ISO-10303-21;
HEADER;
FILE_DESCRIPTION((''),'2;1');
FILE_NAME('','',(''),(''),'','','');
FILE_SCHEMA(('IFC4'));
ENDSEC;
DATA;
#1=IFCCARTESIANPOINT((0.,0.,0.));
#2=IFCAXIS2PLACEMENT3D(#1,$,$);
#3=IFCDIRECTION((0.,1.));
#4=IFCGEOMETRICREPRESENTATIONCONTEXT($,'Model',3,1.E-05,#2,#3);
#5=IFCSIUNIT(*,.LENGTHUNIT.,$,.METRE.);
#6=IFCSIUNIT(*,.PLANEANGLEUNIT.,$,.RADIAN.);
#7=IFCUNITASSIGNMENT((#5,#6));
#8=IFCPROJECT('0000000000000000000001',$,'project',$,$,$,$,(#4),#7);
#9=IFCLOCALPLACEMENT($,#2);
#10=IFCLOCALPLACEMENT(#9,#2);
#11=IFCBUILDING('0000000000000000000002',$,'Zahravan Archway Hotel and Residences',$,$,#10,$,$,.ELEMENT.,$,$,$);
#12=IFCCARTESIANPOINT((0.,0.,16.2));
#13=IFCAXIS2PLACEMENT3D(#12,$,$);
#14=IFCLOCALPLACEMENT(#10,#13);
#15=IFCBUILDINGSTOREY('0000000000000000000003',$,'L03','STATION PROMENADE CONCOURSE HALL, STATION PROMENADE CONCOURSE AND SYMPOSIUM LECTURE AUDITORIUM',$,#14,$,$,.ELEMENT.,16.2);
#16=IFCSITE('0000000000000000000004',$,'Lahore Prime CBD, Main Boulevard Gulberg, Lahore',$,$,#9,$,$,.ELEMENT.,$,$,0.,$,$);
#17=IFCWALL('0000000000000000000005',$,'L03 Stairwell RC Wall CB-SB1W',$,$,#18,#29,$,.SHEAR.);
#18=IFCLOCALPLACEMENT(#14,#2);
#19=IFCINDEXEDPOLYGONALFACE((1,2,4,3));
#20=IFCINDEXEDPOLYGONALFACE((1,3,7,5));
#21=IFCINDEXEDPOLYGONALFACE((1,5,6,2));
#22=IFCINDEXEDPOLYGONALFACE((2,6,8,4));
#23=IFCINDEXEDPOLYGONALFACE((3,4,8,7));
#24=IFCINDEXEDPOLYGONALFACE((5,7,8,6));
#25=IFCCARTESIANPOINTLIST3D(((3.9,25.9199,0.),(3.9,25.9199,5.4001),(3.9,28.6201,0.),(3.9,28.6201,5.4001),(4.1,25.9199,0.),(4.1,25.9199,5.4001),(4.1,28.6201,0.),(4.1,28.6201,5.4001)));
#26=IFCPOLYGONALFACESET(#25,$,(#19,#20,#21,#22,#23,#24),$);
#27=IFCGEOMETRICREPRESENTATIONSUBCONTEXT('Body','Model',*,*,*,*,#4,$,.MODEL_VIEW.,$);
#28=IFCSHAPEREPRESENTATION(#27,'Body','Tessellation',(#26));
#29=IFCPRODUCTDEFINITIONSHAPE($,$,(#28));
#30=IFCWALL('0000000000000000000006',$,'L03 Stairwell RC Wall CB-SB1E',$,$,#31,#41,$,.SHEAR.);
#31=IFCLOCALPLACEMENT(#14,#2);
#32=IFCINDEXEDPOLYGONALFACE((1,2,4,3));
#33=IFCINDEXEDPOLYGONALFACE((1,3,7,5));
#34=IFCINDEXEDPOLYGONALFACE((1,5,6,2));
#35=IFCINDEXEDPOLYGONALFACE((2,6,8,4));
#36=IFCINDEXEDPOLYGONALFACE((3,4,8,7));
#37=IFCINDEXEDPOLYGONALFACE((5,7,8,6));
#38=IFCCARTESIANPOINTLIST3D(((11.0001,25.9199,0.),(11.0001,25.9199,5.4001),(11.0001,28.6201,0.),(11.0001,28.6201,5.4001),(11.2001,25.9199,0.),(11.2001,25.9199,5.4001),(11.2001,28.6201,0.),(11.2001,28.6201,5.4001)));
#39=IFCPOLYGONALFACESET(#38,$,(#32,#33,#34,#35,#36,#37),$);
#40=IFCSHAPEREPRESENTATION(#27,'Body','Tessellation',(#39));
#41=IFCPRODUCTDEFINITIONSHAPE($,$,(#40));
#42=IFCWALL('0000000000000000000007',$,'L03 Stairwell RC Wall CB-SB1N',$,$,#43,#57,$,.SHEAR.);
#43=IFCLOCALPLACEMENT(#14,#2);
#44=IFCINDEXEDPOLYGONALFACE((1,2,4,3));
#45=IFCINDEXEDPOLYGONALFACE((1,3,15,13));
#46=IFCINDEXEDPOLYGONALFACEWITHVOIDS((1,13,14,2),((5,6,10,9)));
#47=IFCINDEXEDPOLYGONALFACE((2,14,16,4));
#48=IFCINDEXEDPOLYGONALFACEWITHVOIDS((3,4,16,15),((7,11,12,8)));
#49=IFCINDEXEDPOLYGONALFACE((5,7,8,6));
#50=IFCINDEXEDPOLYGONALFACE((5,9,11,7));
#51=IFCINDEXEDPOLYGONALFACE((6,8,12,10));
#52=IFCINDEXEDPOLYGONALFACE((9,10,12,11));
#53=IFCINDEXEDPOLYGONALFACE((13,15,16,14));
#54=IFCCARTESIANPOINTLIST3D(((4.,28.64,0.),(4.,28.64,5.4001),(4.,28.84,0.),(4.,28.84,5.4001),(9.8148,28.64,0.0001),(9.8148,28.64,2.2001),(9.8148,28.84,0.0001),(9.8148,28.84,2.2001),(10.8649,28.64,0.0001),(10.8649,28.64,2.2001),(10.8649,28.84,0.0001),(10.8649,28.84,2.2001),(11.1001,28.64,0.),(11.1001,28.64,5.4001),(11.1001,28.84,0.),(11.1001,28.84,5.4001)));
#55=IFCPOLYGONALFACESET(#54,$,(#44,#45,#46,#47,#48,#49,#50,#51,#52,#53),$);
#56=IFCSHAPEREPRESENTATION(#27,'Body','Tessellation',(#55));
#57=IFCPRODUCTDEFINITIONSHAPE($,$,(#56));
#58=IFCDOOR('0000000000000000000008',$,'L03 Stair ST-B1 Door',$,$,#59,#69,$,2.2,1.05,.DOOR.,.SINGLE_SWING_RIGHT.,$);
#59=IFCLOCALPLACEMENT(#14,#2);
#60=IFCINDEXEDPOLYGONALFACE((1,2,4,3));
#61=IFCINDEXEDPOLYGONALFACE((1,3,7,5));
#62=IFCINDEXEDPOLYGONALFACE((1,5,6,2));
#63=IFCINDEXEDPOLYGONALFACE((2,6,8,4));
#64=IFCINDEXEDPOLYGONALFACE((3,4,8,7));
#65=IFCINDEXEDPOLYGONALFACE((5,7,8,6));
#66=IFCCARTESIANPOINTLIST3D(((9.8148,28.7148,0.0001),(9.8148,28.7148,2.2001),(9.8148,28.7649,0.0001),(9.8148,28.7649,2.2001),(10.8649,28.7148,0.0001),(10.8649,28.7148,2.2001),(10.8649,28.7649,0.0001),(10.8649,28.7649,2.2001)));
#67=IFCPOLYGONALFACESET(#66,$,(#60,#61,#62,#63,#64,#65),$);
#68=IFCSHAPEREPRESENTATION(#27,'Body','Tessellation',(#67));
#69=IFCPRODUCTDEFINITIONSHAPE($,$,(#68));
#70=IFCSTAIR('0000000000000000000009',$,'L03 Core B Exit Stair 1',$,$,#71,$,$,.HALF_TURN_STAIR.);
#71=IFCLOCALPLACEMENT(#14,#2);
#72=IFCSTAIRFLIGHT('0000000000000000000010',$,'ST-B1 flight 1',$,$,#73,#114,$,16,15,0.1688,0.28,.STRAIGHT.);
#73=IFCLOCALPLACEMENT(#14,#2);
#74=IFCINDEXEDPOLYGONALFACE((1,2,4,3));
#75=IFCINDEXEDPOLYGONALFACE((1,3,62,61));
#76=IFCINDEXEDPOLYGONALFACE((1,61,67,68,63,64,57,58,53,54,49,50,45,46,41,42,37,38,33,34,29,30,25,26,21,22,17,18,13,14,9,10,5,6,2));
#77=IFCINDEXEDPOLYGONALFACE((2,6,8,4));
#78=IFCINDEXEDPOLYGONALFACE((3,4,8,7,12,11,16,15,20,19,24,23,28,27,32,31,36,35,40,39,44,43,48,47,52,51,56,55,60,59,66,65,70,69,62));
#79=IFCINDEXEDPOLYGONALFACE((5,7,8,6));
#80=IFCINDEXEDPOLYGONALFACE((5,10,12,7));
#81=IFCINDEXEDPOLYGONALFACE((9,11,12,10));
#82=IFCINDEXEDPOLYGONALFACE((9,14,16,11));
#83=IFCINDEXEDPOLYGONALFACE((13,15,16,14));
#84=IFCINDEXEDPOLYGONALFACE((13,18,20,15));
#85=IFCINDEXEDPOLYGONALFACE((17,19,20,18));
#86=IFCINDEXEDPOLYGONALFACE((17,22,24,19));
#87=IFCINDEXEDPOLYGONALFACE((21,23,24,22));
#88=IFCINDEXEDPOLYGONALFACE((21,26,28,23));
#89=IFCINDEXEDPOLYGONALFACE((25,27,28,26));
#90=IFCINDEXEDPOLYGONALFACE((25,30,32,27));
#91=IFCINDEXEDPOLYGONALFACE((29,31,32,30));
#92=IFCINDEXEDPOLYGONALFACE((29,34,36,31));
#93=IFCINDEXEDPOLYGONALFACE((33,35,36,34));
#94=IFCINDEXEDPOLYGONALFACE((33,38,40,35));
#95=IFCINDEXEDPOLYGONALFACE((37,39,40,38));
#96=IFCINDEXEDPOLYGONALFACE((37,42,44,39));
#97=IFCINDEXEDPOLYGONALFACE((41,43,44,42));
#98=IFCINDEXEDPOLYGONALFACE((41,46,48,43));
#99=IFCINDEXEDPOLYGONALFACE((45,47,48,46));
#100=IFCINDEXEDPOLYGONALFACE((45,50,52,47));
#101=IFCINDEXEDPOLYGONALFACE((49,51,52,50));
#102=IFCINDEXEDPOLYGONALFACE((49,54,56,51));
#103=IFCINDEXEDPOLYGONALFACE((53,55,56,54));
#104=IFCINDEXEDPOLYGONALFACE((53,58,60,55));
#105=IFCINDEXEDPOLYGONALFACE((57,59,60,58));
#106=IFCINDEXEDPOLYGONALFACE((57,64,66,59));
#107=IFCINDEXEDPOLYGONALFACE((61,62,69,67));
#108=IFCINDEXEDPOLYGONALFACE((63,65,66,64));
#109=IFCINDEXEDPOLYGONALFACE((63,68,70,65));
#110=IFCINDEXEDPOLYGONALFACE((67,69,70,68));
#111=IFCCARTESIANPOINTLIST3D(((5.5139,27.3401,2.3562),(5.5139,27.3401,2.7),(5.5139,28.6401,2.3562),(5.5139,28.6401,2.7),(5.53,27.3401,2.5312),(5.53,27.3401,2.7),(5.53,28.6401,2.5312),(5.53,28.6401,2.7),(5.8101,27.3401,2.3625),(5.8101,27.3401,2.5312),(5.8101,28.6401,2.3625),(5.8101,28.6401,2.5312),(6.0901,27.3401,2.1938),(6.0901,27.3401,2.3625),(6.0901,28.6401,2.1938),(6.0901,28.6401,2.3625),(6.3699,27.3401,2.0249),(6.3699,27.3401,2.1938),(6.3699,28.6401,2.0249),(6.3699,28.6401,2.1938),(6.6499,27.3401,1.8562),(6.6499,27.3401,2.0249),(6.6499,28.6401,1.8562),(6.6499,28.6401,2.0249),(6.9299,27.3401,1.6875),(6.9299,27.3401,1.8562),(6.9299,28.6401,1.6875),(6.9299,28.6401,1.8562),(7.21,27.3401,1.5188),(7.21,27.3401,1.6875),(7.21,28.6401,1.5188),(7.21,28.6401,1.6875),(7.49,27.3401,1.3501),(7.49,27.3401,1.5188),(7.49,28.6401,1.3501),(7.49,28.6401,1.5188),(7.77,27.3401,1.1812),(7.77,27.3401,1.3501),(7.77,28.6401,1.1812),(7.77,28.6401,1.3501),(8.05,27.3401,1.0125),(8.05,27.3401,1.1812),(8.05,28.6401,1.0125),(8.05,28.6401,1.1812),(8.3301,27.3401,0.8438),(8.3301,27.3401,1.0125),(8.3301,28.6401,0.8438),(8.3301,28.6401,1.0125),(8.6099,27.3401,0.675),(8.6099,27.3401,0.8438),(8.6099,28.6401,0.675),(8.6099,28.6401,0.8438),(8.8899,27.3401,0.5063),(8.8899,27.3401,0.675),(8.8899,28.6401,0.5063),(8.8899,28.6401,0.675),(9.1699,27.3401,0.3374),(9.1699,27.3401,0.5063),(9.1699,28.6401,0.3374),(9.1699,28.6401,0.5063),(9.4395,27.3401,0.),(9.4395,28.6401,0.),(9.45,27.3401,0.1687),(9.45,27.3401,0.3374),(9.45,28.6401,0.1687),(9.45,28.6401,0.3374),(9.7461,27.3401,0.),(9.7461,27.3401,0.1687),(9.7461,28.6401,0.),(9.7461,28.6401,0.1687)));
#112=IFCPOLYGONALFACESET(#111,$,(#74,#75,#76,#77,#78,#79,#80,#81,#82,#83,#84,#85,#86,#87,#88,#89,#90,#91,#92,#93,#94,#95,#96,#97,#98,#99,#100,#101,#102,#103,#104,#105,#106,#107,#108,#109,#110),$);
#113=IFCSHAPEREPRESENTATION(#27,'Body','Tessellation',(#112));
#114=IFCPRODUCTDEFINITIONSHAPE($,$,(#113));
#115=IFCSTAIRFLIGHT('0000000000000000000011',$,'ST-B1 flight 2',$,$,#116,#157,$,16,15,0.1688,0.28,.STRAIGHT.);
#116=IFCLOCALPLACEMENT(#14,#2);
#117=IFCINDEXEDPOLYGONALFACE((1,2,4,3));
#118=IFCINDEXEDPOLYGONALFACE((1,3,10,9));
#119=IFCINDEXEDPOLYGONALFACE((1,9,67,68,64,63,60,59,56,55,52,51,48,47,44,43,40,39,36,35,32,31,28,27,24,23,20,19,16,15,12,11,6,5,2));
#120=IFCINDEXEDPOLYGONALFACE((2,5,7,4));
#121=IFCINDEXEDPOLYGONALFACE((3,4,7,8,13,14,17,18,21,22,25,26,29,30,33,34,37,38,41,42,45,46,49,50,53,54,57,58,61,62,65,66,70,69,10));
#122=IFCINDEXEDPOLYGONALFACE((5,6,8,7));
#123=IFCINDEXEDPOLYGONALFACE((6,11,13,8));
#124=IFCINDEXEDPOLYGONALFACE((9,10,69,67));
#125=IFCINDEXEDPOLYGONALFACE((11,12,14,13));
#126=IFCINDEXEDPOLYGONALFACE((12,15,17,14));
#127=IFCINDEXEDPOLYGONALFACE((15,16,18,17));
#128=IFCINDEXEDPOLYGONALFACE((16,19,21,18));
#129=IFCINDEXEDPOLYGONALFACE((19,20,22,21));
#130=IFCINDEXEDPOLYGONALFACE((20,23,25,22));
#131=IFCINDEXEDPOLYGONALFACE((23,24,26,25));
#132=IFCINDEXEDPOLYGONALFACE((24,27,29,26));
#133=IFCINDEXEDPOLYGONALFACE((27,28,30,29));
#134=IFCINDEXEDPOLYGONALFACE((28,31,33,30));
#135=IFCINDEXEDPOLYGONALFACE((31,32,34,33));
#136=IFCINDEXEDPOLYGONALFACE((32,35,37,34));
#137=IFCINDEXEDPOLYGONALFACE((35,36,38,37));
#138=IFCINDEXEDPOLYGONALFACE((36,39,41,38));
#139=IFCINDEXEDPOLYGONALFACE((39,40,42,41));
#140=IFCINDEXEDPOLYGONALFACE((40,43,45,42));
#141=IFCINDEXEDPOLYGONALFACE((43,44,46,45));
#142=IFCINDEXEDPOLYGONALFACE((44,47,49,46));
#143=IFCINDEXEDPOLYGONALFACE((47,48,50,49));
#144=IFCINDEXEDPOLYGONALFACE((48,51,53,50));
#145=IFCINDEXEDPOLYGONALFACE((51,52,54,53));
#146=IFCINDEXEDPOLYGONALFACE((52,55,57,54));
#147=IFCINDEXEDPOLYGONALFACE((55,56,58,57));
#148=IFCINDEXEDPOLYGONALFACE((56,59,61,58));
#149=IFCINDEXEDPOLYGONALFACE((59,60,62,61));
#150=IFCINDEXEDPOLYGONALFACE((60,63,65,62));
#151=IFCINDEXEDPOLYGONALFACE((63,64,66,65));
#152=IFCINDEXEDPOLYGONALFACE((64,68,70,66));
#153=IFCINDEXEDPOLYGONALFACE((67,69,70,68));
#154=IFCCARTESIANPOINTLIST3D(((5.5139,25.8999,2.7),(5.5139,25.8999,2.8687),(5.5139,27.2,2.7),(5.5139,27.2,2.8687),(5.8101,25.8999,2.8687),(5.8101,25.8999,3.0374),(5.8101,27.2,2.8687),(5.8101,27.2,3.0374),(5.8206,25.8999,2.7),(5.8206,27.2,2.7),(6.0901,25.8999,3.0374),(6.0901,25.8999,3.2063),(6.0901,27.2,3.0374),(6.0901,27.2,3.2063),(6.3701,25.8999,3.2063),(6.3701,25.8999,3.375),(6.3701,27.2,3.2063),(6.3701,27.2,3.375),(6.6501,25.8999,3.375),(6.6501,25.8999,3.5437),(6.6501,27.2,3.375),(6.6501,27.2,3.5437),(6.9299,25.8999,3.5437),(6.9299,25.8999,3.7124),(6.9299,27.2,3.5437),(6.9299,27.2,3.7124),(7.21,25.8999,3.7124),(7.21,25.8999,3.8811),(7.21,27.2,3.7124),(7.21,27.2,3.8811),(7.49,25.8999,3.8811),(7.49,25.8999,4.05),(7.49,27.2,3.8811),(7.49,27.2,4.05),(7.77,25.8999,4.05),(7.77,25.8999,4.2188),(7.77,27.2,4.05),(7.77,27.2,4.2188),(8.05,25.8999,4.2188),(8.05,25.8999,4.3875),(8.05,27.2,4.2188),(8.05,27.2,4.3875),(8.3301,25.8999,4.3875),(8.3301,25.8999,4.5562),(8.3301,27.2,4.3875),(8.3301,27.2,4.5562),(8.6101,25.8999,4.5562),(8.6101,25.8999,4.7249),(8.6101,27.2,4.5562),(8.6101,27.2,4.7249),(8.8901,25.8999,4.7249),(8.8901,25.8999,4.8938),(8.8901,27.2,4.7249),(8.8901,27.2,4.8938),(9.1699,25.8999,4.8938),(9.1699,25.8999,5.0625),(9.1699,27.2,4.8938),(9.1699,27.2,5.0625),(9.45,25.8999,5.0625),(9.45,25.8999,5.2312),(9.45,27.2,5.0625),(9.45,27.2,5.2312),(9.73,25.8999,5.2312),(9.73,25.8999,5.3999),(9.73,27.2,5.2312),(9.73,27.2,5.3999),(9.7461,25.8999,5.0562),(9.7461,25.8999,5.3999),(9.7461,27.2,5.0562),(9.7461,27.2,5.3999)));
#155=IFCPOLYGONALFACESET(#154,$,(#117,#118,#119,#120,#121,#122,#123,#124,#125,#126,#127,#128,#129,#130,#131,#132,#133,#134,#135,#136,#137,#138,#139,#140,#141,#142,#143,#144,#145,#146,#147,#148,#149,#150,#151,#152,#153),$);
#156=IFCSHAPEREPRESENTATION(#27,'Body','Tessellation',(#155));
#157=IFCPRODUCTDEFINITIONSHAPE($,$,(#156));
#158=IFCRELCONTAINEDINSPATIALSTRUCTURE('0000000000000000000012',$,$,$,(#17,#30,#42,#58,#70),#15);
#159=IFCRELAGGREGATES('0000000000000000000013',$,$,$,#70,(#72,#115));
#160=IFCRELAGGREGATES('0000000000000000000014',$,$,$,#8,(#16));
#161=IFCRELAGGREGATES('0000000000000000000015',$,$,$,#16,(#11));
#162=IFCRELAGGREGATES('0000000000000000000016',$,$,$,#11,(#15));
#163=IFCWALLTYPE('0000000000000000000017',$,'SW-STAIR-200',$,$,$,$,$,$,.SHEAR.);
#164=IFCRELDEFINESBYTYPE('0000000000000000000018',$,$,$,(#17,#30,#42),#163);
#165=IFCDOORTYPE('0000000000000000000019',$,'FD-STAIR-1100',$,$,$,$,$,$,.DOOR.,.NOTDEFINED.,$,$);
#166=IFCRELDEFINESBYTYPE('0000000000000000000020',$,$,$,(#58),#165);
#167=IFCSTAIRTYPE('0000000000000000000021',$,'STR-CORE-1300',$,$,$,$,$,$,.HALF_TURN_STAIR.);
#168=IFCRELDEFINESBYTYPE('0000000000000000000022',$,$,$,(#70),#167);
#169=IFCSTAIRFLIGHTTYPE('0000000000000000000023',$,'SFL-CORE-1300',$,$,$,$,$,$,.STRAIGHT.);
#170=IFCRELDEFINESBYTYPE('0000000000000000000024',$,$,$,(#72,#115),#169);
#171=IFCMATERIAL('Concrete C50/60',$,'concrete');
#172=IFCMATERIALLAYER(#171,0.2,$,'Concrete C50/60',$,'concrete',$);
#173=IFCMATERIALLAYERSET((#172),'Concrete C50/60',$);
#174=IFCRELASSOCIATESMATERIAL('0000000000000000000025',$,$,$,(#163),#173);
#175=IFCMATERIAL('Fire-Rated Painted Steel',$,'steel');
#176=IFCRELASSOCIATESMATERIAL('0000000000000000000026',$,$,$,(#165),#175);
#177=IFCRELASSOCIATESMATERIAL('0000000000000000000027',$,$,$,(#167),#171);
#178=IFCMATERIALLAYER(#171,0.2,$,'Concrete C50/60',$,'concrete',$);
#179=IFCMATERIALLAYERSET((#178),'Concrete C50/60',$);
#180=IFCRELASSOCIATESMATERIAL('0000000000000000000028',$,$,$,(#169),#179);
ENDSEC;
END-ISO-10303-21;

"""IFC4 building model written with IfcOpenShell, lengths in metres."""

from ifc_helpers import new_model, si_unit, direction, frame, frame_2d, origin, place, context, subcontext, project, spatial, polyline, rectangle, outline, extrude, source, transform, mapped, material, layer, layer_set, type_object, type_shapes, element, fill, aggregate, save


model = new_model("IFC4")

# Units and contexts
model_context = context("Model", 3, precision=1e-05, world=origin(), true_north=direction((0.0, 1.0)))
body_context = subcontext(model_context, "Body", "Model", "MODEL_VIEW")
ifc_project = project(units=[si_unit("LENGTHUNIT", "METRE"), si_unit("PLANEANGLEUNIT", "RADIAN")], contexts=[model_context])

# Site, building, storey
site_placement = place(None, origin())
site = spatial("IfcSite", under=ifc_project, at=site_placement, Name="Lahore Prime CBD, Main Boulevard Gulberg, Lahore", CompositionType="ELEMENT", RefElevation=0.0)
building_placement = place(site_placement, origin())
building = spatial("IfcBuilding", under=site, at=building_placement, Name="Zahravan Archway Hotel and Residences", CompositionType="ELEMENT")
storey_placement = place(building_placement, frame((0.0, 0.0, 16.2)))
storey = spatial("IfcBuildingStorey", under=building, at=storey_placement, Name="L03", Description="STATION PROMENADE CONCOURSE HALL, STATION PROMENADE CONCOURSE AND SYMPOSIUM LECTURE AUDITORIUM", CompositionType="ELEMENT", Elevation=16.2)

# Shared definitions
ifc_material_1 = material(Name="Fire-Rated Painted Steel", Category="steel")

# Walls
ifc_material_2 = material(Name="Concrete C50/60", Category="concrete")
ifc_layer_1 = layer(ifc_material_2, 0.2, Name="Concrete C50/60", Category="concrete")
ifc_layer_set_1 = layer_set([ifc_layer_1], Name="Concrete C50/60")
wall_type_1 = type_object("IfcWallType", Name="SW-STAIR-200", PredefinedType="SHEAR", material=ifc_layer_set_1)
for number, where, z_axis, x_axis, name in (
    (1, (4.0, 25.9199, 0.0), (0.0, 0.0, 1.0), (0.0, 1.0, 0.0), "L03 Stairwell RC Wall CB-SB1W"),
    (2, (11.1001, 25.9199, 0.0), (0.0, 0.0, 1.0), (0.0, 1.0, 0.0), "L03 Stairwell RC Wall CB-SB1E"),
):
    element("IfcWall", number, at=place(storey_placement, frame(where, z_axis=z_axis, x_axis=x_axis)), inside=storey, type_object=wall_type_1, Name=name, PredefinedType="SHEAR", context=body_context, shape_type="SweptSolid", body=[
        extrude(rectangle(XDim=2.7002, YDim=0.2, at=frame_2d((1.3501, 0.0))), origin(), (0.0, 0.0, 1.0), 5.4001),
    ])

# Wall, opening, door
wall_1_placement = place(storey_placement, frame((4.0, 28.74, 0.0), z_axis=(0.0, 0.0, 1.0), x_axis=(1.0, 0.0, 0.0)))
wall_1 = element("IfcWall", 3, at=wall_1_placement, inside=storey, type_object=wall_type_1, Name="L03 Stairwell RC Wall CB-SB1N", PredefinedType="SHEAR", context=body_context, shape_type="SweptSolid", body=[
    extrude(rectangle(XDim=7.1001, YDim=0.2, at=frame_2d((3.55, 0.0))), origin(), (0.0, 0.0, 1.0), 5.4001),
])
opening_1_placement = place(wall_1_placement, frame((5.8149, 0.0, 0.0)))
opening_1 = element("IfcOpeningElement", 4, at=opening_1_placement, cuts=wall_1, PredefinedType="OPENING", context=body_context, shape_type="SweptSolid", body=[
    extrude(rectangle(XDim=1.05, YDim=2.2, at=frame_2d((0.5249, 1.1001))), frame((0.0, 0.1099, 0.0), z_axis=(0.0, -1.0, 0.0), x_axis=(1.0, 0.0, 0.0)), (0.0, 0.0, 1.0), 0.22),
])
door_type_1 = type_object("IfcDoorType", Name="FD-STAIR-1100", OperationType="NOTDEFINED", PredefinedType="DOOR", material=ifc_material_1)
shared_shape_1 = source(origin(), body_context, "Body", "SweptSolid", [
    extrude(rectangle(XDim=1.05, YDim=2.2, at=frame_2d((0.5249, 1.1001))), frame((0.0, 0.0249, 0.0), z_axis=(0.0, -1.0, 0.0), x_axis=(1.0, 0.0, 0.0)), (0.0, 0.0, 1.0), 0.05),
])
type_shapes(door_type_1, [shared_shape_1])
door_1_placement = place(opening_1_placement, origin())
door_1 = element("IfcDoor", 5, at=door_1_placement, inside=storey, type_object=door_type_1, Name="L03 Stair ST-B1 Door", OperationType="SINGLE_SWING_RIGHT", OverallHeight=2.2, OverallWidth=1.05, PredefinedType="DOOR", context=body_context, shape_type="MappedRepresentation", body=[
    mapped(shared_shape_1, transform((0.0, 0.0, 0.0), scale=1.0)),
])
fill(opening_1, door_1)

# Stair, stair flights
stair_type = type_object("IfcStairType", Name="STR-CORE-1300", PredefinedType="HALF_TURN_STAIR", material=ifc_material_2)
stair_placement = place(storey_placement, origin())
stair = element("IfcStair", 6, at=stair_placement, inside=storey, type_object=stair_type, Name="L03 Core B Exit Stair 1", PredefinedType="HALF_TURN_STAIR")
ifc_layer_2 = layer(ifc_material_2, 0.2, Name="Concrete C50/60", Category="concrete")
ifc_layer_set_2 = layer_set([ifc_layer_2], Name="Concrete C50/60")
stair_flight_type = type_object("IfcStairFlightType", Name="SFL-CORE-1300", PredefinedType="STRAIGHT", material=ifc_layer_set_2)
shared_shape_2 = source(origin(), body_context, "Body", "SweptSolid", [
    extrude(outline(polyline([(-0.0161, 0.0), (-0.0161, 0.1687), (0.28, 0.1687), (0.28, 0.3374), (0.5601, 0.3374), (0.5601, 0.5063), (0.8401, 0.5063), (0.8401, 0.675), (1.1201, 0.675), (1.1201, 0.8438), (1.3999, 0.8438), (1.3999, 1.0125), (1.6799, 1.0125), (1.6799, 1.1812), (1.96, 1.1812), (1.96, 1.3501), (2.24, 1.3501), (2.24, 1.5188), (2.52, 1.5188), (2.52, 1.6875), (2.8, 1.6875), (2.8, 1.8562), (3.0801, 1.8562), (3.0801, 2.0249), (3.3601, 2.0249), (3.3601, 2.1938), (3.6399, 2.1938), (3.6399, 2.3625), (3.9199, 2.3625), (3.9199, 2.5312), (4.2, 2.5312), (4.2, 2.7), (4.2161, 2.7), (4.2161, 2.3562), (0.2905, 0.0), (-0.0161, 0.0)])), frame((0.0, 0.6499, 0.0), z_axis=(0.0, -1.0, 0.0), x_axis=(1.0, 0.0, 0.0)), (0.0, 0.0, 1.0), 1.3),
])
stair_flight_1_placement = place(storey_placement, frame((9.73, 27.99, 0.0), z_axis=(0.0, 0.0, 1.0), x_axis=(-1.0, 0.0, 0.0)))
stair_flight_1 = element("IfcStairFlight", 7, at=stair_flight_1_placement, type_object=stair_flight_type, Name="ST-B1 flight 1", NumberOfRisers=16, NumberOfTreads=15, PredefinedType="STRAIGHT", RiserHeight=0.1688, TreadLength=0.28, context=body_context, shape_type="MappedRepresentation", body=[
    mapped(shared_shape_2, transform((0.0, 0.0, 0.0), scale=1.0)),
])
stair_flight_2_placement = place(storey_placement, frame((5.53, 26.55, 2.7), z_axis=(0.0, 0.0, 1.0), x_axis=(1.0, 0.0, 0.0)))
stair_flight_2 = element("IfcStairFlight", 8, at=stair_flight_2_placement, type_object=stair_flight_type, Name="ST-B1 flight 2", NumberOfRisers=16, NumberOfTreads=15, PredefinedType="STRAIGHT", RiserHeight=0.1688, TreadLength=0.28, context=body_context, shape_type="MappedRepresentation", body=[
    mapped(shared_shape_2, transform((0.0, 0.0, 0.0), scale=1.0)),
])
aggregate(stair, [stair_flight_1, stair_flight_2])

save(model, "model.ifc")
